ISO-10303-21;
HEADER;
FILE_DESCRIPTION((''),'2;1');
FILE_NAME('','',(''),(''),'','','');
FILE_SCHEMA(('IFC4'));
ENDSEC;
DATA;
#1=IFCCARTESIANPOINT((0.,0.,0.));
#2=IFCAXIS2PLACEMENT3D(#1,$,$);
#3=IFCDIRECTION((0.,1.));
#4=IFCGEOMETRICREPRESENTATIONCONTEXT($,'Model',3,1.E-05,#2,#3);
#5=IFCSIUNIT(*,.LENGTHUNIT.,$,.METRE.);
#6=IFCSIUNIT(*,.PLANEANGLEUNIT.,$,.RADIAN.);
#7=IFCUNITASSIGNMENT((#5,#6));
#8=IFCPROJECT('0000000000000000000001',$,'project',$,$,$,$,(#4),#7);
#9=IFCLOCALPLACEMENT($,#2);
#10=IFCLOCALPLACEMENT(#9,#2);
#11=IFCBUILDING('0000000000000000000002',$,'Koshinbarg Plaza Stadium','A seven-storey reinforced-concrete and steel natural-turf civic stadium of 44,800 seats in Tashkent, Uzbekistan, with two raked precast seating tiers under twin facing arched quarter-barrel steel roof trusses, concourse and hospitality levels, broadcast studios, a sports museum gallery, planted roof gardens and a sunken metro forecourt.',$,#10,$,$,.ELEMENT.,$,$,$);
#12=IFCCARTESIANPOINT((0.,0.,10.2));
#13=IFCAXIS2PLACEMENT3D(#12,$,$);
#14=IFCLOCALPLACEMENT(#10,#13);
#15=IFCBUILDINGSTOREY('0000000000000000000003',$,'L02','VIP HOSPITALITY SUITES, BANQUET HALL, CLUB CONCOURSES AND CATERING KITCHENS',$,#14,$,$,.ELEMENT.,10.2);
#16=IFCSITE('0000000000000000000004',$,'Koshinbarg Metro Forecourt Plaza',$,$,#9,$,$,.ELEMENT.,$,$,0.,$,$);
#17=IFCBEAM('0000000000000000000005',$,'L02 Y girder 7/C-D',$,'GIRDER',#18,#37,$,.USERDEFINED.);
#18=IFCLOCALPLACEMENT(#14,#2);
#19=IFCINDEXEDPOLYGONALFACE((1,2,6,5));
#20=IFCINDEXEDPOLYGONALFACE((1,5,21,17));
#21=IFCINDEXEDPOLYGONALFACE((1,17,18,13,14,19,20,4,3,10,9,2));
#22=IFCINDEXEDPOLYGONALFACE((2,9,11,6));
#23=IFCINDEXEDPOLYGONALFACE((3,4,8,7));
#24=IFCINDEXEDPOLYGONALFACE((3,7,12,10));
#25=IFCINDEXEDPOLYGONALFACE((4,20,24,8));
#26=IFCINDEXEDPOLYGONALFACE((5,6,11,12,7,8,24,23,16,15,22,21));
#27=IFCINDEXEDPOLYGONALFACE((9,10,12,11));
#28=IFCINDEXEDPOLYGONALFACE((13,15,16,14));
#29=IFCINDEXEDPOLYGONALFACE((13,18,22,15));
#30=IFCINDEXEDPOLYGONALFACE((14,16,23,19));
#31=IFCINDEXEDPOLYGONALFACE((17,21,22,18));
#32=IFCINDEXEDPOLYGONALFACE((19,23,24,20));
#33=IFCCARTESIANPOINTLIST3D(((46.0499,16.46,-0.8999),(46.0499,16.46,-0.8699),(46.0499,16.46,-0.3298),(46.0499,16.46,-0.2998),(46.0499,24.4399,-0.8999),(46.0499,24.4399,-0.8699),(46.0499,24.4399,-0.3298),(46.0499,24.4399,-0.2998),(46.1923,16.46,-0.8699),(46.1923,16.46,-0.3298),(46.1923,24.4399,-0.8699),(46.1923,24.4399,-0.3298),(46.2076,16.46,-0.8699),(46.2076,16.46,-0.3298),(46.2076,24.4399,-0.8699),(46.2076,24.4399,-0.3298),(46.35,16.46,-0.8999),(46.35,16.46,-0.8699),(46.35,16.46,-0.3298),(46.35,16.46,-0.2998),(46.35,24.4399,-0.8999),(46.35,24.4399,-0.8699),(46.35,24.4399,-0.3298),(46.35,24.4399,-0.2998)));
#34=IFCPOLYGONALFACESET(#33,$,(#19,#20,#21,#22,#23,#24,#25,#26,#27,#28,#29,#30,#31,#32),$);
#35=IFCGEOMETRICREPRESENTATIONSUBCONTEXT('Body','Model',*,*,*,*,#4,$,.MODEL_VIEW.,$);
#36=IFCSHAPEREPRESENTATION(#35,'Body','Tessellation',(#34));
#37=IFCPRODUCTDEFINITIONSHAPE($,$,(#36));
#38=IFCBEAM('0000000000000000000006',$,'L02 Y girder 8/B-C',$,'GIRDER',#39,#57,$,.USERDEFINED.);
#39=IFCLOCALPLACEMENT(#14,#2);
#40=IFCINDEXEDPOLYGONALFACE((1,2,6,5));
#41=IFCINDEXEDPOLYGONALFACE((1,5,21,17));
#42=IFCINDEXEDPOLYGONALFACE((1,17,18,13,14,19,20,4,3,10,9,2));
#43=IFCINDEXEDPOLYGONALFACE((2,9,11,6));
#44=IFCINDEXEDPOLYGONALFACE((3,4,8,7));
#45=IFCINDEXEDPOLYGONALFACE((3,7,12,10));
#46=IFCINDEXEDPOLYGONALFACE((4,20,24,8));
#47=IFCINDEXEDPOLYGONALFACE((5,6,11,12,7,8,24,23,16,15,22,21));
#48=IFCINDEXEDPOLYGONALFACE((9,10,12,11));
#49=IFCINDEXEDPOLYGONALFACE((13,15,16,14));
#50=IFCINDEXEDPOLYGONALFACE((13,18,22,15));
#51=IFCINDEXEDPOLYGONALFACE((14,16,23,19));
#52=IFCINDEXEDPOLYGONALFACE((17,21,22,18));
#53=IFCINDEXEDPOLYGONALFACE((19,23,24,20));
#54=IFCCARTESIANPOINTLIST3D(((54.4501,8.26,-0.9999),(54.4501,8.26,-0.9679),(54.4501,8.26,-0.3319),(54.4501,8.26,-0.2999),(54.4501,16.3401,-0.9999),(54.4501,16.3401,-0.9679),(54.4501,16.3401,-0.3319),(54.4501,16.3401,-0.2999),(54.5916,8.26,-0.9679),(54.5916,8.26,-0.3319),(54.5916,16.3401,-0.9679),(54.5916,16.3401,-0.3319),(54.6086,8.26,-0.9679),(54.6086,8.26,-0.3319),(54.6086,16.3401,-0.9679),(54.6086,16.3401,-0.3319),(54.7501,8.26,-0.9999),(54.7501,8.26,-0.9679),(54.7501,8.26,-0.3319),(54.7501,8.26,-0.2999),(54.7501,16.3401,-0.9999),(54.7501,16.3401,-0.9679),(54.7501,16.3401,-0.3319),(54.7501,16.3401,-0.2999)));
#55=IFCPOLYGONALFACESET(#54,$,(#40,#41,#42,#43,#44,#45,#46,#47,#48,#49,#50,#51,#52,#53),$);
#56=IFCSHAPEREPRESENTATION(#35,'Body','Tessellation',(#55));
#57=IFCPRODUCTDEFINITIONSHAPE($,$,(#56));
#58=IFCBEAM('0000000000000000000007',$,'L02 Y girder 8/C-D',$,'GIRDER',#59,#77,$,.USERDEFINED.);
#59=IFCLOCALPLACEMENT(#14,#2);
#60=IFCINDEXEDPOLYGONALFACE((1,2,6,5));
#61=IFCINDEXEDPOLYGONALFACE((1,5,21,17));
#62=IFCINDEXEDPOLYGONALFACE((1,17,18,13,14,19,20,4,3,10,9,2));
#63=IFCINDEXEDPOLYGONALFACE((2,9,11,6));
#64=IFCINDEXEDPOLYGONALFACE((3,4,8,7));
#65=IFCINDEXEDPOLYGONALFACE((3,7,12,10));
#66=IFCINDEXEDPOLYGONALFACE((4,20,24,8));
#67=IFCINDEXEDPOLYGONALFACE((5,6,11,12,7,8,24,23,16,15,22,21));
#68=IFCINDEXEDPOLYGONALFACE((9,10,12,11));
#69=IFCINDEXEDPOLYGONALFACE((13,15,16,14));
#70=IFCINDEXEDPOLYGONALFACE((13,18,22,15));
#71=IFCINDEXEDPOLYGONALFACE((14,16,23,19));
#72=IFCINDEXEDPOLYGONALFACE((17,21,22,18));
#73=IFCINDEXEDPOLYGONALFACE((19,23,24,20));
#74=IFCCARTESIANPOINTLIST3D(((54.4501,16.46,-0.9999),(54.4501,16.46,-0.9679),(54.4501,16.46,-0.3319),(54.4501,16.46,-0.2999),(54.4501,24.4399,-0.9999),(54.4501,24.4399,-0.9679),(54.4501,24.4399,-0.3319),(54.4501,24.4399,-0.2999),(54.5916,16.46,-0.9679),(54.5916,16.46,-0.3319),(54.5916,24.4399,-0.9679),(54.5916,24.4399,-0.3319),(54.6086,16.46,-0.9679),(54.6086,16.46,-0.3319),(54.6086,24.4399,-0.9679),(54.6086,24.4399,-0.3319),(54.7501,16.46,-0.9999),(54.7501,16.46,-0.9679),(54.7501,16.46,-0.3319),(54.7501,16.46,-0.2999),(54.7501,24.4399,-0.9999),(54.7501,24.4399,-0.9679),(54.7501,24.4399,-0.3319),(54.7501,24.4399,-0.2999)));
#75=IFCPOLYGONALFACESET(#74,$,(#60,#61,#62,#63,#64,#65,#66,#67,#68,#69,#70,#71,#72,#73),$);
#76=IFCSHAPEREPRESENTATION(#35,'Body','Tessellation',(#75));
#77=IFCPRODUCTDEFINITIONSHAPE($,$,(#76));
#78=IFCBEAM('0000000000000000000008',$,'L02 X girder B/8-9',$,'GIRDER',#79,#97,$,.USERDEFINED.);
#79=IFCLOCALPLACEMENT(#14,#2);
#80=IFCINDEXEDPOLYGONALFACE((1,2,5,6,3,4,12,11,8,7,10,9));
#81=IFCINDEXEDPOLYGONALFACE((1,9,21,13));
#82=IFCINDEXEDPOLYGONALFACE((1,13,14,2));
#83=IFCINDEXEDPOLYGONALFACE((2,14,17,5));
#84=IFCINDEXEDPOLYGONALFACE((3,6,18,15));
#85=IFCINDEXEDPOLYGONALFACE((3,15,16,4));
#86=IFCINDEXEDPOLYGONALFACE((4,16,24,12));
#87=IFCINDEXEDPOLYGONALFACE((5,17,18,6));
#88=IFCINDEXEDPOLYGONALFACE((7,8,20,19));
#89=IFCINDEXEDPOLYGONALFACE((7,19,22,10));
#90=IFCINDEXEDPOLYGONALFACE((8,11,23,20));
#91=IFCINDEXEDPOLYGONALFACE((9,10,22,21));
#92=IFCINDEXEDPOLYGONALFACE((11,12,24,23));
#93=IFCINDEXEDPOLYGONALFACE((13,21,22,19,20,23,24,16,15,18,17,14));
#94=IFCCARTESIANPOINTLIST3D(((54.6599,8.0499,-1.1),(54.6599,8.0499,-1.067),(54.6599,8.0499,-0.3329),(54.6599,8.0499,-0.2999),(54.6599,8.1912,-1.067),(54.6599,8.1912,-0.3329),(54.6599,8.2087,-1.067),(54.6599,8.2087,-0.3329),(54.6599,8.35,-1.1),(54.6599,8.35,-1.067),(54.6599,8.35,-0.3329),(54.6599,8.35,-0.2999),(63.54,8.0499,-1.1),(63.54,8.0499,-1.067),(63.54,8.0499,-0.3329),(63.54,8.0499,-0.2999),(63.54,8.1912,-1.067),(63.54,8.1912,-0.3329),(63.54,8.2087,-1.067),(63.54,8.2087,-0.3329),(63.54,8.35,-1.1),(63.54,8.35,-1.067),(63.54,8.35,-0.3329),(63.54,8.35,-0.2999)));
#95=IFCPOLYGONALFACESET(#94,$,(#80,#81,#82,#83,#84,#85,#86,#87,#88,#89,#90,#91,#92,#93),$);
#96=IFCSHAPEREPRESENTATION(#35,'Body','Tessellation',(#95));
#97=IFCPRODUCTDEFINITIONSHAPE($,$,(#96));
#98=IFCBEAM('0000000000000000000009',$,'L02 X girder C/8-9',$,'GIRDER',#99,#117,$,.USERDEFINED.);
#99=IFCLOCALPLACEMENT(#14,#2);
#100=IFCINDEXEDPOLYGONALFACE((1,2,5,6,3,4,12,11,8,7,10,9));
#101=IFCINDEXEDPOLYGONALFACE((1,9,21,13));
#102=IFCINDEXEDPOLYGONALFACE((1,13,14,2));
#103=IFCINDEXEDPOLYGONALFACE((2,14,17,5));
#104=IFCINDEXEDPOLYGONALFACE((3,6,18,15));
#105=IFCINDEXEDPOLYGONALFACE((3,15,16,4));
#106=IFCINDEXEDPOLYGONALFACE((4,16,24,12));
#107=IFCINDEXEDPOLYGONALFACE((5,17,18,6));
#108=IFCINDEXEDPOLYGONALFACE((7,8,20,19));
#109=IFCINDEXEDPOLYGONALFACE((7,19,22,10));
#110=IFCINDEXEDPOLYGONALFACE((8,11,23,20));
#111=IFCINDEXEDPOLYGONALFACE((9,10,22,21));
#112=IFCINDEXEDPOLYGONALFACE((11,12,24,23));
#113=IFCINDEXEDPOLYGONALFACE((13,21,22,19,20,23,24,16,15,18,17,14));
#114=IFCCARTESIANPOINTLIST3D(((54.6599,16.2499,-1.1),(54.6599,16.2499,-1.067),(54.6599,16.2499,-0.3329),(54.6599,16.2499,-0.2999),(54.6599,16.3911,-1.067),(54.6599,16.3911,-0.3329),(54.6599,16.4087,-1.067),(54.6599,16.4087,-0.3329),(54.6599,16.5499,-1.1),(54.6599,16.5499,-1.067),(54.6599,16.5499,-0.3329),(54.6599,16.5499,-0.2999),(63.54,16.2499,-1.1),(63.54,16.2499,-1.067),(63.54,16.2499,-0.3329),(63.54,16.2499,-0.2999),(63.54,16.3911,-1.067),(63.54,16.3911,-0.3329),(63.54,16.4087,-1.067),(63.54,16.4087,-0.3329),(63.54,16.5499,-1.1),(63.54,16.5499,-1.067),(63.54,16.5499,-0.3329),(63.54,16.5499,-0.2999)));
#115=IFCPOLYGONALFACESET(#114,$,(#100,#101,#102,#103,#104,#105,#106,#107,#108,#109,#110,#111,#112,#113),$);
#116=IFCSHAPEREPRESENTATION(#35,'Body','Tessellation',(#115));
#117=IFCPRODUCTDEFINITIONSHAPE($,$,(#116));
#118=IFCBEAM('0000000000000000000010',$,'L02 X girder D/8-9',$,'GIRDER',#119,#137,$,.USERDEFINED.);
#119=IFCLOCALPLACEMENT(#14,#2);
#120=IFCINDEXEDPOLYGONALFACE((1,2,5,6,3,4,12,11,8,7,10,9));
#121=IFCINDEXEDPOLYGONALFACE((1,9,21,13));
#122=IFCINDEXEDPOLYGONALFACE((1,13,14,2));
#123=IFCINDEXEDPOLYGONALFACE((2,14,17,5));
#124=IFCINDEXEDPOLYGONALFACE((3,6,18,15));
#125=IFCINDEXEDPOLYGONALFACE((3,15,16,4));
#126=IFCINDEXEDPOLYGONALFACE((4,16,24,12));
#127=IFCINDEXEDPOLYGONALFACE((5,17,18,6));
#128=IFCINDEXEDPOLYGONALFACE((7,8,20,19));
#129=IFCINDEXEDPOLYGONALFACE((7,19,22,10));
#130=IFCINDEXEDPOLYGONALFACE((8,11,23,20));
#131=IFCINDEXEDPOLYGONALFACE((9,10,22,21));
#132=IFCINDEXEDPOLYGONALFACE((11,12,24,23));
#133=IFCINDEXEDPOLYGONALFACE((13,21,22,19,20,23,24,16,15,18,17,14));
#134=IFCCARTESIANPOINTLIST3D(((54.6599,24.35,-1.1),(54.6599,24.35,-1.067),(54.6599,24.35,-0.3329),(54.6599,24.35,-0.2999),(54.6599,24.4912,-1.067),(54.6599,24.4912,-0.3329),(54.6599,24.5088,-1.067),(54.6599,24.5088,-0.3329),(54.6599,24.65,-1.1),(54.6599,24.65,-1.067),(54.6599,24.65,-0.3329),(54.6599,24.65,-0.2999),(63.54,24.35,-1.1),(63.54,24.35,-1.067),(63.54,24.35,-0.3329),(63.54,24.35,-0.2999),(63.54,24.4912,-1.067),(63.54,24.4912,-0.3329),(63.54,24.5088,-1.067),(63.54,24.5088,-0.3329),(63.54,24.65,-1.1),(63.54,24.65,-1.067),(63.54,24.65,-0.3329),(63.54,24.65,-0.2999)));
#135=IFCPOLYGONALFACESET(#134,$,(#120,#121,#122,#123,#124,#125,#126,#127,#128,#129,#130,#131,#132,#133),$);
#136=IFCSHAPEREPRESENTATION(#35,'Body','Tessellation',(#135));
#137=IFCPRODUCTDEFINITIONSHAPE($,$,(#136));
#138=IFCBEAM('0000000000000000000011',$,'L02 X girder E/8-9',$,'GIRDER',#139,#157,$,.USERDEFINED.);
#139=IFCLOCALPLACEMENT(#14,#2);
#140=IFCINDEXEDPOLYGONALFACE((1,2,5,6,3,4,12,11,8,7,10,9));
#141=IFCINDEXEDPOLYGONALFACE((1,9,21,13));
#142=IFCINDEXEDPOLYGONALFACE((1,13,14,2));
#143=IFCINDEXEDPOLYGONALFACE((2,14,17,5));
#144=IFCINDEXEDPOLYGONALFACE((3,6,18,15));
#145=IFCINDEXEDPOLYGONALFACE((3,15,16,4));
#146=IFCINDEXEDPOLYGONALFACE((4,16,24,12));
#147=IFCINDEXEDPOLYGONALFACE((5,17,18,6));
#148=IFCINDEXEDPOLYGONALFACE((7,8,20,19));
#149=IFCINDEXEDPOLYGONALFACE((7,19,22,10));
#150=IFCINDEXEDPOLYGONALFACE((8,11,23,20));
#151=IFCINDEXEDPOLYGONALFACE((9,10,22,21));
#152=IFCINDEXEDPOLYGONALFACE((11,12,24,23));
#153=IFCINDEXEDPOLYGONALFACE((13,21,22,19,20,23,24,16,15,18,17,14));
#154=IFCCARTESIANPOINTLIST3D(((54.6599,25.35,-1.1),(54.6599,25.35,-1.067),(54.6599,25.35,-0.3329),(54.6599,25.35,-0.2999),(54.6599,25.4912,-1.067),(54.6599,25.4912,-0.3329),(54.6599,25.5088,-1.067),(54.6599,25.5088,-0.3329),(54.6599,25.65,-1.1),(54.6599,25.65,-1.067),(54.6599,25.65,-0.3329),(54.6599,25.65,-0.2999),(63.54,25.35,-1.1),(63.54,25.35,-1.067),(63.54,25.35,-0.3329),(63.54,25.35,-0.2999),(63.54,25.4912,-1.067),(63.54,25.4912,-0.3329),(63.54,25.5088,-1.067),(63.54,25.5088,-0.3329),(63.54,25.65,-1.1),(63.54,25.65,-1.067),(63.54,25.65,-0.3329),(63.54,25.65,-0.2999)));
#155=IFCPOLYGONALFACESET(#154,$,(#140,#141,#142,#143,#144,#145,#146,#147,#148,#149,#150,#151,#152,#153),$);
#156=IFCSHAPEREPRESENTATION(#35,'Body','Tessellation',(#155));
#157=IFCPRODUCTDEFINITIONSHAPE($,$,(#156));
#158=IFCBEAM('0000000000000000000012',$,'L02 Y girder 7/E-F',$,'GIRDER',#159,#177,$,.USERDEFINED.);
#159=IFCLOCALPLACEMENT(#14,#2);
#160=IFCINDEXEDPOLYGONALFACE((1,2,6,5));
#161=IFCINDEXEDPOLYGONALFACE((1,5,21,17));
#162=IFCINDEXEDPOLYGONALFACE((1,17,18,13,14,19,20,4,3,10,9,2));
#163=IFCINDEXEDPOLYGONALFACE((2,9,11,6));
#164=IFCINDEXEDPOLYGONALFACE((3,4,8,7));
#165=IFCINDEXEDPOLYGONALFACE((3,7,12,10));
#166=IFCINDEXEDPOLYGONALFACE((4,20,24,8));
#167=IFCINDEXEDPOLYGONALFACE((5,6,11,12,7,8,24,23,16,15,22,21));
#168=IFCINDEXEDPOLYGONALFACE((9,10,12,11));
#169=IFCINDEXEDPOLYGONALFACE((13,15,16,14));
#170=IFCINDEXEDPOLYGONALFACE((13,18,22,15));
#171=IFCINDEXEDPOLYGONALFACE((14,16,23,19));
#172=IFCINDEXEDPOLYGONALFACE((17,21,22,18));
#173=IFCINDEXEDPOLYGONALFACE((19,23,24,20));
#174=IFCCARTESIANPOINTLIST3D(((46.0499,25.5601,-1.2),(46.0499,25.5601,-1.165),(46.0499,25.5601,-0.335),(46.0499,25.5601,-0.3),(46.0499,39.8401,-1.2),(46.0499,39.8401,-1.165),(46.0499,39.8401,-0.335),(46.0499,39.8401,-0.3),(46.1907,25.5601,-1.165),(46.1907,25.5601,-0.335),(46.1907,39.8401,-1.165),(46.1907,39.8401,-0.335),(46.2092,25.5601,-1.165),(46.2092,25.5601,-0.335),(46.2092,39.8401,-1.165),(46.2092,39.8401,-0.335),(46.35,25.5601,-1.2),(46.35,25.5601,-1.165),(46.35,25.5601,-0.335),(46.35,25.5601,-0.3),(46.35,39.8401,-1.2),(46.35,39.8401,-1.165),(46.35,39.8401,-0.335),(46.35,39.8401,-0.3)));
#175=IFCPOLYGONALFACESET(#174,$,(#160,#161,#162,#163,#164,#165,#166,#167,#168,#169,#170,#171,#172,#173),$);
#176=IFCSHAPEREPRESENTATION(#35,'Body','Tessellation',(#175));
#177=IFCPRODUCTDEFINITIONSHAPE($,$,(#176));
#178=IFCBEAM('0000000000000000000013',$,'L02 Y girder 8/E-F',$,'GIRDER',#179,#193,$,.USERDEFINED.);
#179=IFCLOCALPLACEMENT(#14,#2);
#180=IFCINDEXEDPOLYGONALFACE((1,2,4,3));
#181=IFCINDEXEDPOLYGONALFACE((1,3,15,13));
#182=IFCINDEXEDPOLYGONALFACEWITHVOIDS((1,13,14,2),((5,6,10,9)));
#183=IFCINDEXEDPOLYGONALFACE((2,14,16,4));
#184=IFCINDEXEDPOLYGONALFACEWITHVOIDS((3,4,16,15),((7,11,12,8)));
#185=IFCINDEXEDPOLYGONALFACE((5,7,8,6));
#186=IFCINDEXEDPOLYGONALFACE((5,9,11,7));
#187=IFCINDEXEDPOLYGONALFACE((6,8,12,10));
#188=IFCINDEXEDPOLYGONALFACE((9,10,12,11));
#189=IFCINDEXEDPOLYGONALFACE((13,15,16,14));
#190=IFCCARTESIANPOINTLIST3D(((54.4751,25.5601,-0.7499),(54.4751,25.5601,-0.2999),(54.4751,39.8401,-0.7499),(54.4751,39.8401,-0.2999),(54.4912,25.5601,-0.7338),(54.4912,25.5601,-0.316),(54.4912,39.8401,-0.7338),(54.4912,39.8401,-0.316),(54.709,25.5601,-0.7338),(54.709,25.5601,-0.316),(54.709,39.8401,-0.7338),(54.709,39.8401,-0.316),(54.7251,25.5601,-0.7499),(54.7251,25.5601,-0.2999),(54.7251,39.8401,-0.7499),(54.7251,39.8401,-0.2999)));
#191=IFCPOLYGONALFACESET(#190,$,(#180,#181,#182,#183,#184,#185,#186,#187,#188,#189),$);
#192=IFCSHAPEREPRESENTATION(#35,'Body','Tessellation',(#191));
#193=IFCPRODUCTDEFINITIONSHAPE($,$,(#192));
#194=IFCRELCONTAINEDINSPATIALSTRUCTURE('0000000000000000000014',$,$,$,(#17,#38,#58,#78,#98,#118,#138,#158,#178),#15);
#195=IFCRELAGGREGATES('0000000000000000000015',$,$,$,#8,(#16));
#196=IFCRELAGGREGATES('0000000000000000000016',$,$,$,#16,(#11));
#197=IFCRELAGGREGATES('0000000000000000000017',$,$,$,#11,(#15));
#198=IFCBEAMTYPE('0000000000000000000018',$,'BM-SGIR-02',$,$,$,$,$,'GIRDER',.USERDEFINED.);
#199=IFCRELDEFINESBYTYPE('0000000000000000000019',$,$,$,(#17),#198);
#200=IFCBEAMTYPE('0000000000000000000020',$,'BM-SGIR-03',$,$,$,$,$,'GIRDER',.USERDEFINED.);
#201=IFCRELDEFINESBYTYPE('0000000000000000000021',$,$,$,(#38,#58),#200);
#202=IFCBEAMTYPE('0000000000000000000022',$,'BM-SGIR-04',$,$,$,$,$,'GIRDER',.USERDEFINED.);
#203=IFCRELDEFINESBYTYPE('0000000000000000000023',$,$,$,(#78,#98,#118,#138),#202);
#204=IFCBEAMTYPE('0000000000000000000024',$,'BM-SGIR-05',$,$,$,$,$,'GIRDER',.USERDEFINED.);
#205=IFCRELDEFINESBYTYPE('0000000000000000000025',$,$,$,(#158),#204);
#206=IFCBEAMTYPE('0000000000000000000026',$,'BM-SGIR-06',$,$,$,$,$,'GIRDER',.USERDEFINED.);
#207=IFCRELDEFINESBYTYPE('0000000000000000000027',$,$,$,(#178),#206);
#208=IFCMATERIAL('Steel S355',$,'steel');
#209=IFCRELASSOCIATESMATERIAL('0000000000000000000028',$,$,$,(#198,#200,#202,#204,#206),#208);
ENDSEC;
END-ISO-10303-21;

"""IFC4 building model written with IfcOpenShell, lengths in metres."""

from ifc_helpers import new_model, si_unit, direction, frame, origin, origin_2d, place, context, subcontext, project, spatial, hollow_rectangle, i_section, extrude, material, material_profile, profile_set, type_object, element, save


model = new_model("IFC4")

# Units and contexts
model_context = context("Model", 3, precision=1e-05, world=origin(), true_north=direction((0.0, 1.0)))
body_context = subcontext(model_context, "Body", "Model", "MODEL_VIEW")
ifc_project = project(units=[si_unit("LENGTHUNIT", "METRE"), si_unit("PLANEANGLEUNIT", "RADIAN")], contexts=[model_context])

# Site, building, storey
site_placement = place(None, origin())
site = spatial("IfcSite", under=ifc_project, at=site_placement, Name="Koshinbarg Metro Forecourt Plaza", CompositionType="ELEMENT", RefElevation=0.0)
building_placement = place(site_placement, origin())
building = spatial("IfcBuilding", under=site, at=building_placement, Name="Koshinbarg Plaza Stadium", Description="A seven-storey reinforced-concrete and steel natural-turf civic stadium of 44,800 seats in Tashkent, Uzbekistan, with two raked precast seating tiers under twin facing arched quarter-barrel steel roof trusses, concourse and hospitality levels, broadcast studios, a sports museum gallery, planted roof gardens and a sunken metro forecourt.", CompositionType="ELEMENT")
storey_placement = place(building_placement, frame((0.0, 0.0, 10.2)))
storey = spatial("IfcBuildingStorey", under=building, at=storey_placement, Name="L02", Description="VIP HOSPITALITY SUITES, BANQUET HALL, CLUB CONCOURSES AND CATERING KITCHENS", CompositionType="ELEMENT", Elevation=10.2)

# Beams
ifc_material_1 = material(Name="Steel S355", Category="steel")
ifc_material_profile_1 = material_profile(ifc_material_1, i_section(OverallWidth=0.3, OverallDepth=0.6001, WebThickness=0.0154, FlangeThickness=0.03, at=origin_2d()), Name="HEB 600")
ifc_profile_set_1 = profile_set([ifc_material_profile_1], Name="Steel S355")
beam_type_1 = type_object("IfcBeamType", Name="BM-SGIR-02", ElementType="GIRDER", PredefinedType="USERDEFINED", material=ifc_profile_set_1)
beam_1_placement = place(storey_placement, frame((46.2, 16.46, -0.5999), z_axis=(0.0, 1.0, 0.0), x_axis=(-1.0, 0.0, 0.0)))
element("IfcBeam", 1, at=beam_1_placement, inside=storey, type_object=beam_type_1, Name="L02 Y girder 7/C-D", ObjectType="GIRDER", PredefinedType="USERDEFINED", context=body_context, shape_type="SweptSolid", body=[
    extrude(i_section(OverallWidth=0.3, OverallDepth=0.6001, WebThickness=0.0154, FlangeThickness=0.03, at=origin_2d()), origin(), (0.0, 0.0, 1.0), 7.98),
])
ifc_material_profile_2 = material_profile(ifc_material_1, i_section(OverallWidth=0.3, OverallDepth=0.7, WebThickness=0.0171, FlangeThickness=0.032, at=origin_2d()), Name="HEB 700")
ifc_profile_set_2 = profile_set([ifc_material_profile_2], Name="Steel S355")
beam_type_2 = type_object("IfcBeamType", Name="BM-SGIR-03", ElementType="GIRDER", PredefinedType="USERDEFINED", material=ifc_profile_set_2)
beam_2_placement = place(storey_placement, frame((54.6001, 8.26, -0.6499), z_axis=(0.0, 1.0, 0.0), x_axis=(-1.0, 0.0, 0.0)))
element("IfcBeam", 2, at=beam_2_placement, inside=storey, type_object=beam_type_2, Name="L02 Y girder 8/B-C", ObjectType="GIRDER", PredefinedType="USERDEFINED", context=body_context, shape_type="SweptSolid", body=[
    extrude(i_section(OverallWidth=0.3, OverallDepth=0.7, WebThickness=0.0171, FlangeThickness=0.032, at=origin_2d()), origin(), (0.0, 0.0, 1.0), 8.0801),
])
beam_3_placement = place(storey_placement, frame((54.6001, 16.46, -0.6499), z_axis=(0.0, 1.0, 0.0), x_axis=(-1.0, 0.0, 0.0)))
element("IfcBeam", 3, at=beam_3_placement, inside=storey, type_object=beam_type_2, Name="L02 Y girder 8/C-D", ObjectType="GIRDER", PredefinedType="USERDEFINED", context=body_context, shape_type="SweptSolid", body=[
    extrude(i_section(OverallWidth=0.3, OverallDepth=0.7, WebThickness=0.0171, FlangeThickness=0.032, at=origin_2d()), origin(), (0.0, 0.0, 1.0), 7.98),
])
ifc_material_profile_3 = material_profile(ifc_material_1, i_section(OverallWidth=0.3, OverallDepth=0.8, WebThickness=0.0176, FlangeThickness=0.033, at=origin_2d()), Name="HEB 800")
ifc_profile_set_3 = profile_set([ifc_material_profile_3], Name="Steel S355")
beam_type_3 = type_object("IfcBeamType", Name="BM-SGIR-04", ElementType="GIRDER", PredefinedType="USERDEFINED", material=ifc_profile_set_3)
for number, where, z_axis, x_axis, name in (
    (4, (54.6599, 8.2, -0.7), (1.0, 0.0, 0.0), (0.0, 1.0, 0.0), "L02 X girder B/8-9"),
    (5, (54.6599, 16.3999, -0.7), (1.0, 0.0, 0.0), (0.0, 1.0, 0.0), "L02 X girder C/8-9"),
    (6, (54.6599, 24.5, -0.7), (1.0, 0.0, 0.0), (0.0, 1.0, 0.0), "L02 X girder D/8-9"),
    (7, (54.6599, 25.5, -0.7), (1.0, 0.0, 0.0), (0.0, 1.0, 0.0), "L02 X girder E/8-9"),
):
    element("IfcBeam", number, at=place(storey_placement, frame(where, z_axis=z_axis, x_axis=x_axis)), inside=storey, type_object=beam_type_3, Name=name, ObjectType="GIRDER", PredefinedType="USERDEFINED", context=body_context, shape_type="SweptSolid", body=[
        extrude(i_section(OverallWidth=0.3, OverallDepth=0.8, WebThickness=0.0176, FlangeThickness=0.033, at=origin_2d()), origin(), (0.0, 0.0, 1.0), 8.8801),
    ])
ifc_material_profile_4 = material_profile(ifc_material_1, i_section(OverallWidth=0.3, OverallDepth=0.8999, WebThickness=0.0186, FlangeThickness=0.0349, at=origin_2d()), Name="HEB 900")
ifc_profile_set_4 = profile_set([ifc_material_profile_4], Name="Steel S355")
beam_type_4 = type_object("IfcBeamType", Name="BM-SGIR-05", ElementType="GIRDER", PredefinedType="USERDEFINED", material=ifc_profile_set_4)
beam_4_placement = place(storey_placement, frame((46.2, 25.5601, -0.75), z_axis=(0.0, 1.0, 0.0), x_axis=(-1.0, 0.0, 0.0)))
element("IfcBeam", 8, at=beam_4_placement, inside=storey, type_object=beam_type_4, Name="L02 Y girder 7/E-F", ObjectType="GIRDER", PredefinedType="USERDEFINED", context=body_context, shape_type="SweptSolid", body=[
    extrude(i_section(OverallWidth=0.3, OverallDepth=0.8999, WebThickness=0.0186, FlangeThickness=0.0349, at=origin_2d()), origin(), (0.0, 0.0, 1.0), 14.28),
])
ifc_material_profile_5 = material_profile(ifc_material_1, hollow_rectangle(XDim=0.25, YDim=0.45, WallThickness=0.0161, at=origin_2d()), Name="RHS 450x250x16")
ifc_profile_set_5 = profile_set([ifc_material_profile_5], Name="Steel S355")
beam_type_5 = type_object("IfcBeamType", Name="BM-SGIR-06", ElementType="GIRDER", PredefinedType="USERDEFINED", material=ifc_profile_set_5)
beam_5_placement = place(storey_placement, frame((54.6001, 25.5601, -0.5249), z_axis=(0.0, 1.0, 0.0), x_axis=(-1.0, 0.0, 0.0)))
element("IfcBeam", 9, at=beam_5_placement, inside=storey, type_object=beam_type_5, Name="L02 Y girder 8/E-F", ObjectType="GIRDER", PredefinedType="USERDEFINED", context=body_context, shape_type="SweptSolid", body=[
    extrude(hollow_rectangle(XDim=0.25, YDim=0.45, WallThickness=0.0161, at=origin_2d()), origin(), (0.0, 0.0, 1.0), 14.28),
])

save(model, "model.ifc")
